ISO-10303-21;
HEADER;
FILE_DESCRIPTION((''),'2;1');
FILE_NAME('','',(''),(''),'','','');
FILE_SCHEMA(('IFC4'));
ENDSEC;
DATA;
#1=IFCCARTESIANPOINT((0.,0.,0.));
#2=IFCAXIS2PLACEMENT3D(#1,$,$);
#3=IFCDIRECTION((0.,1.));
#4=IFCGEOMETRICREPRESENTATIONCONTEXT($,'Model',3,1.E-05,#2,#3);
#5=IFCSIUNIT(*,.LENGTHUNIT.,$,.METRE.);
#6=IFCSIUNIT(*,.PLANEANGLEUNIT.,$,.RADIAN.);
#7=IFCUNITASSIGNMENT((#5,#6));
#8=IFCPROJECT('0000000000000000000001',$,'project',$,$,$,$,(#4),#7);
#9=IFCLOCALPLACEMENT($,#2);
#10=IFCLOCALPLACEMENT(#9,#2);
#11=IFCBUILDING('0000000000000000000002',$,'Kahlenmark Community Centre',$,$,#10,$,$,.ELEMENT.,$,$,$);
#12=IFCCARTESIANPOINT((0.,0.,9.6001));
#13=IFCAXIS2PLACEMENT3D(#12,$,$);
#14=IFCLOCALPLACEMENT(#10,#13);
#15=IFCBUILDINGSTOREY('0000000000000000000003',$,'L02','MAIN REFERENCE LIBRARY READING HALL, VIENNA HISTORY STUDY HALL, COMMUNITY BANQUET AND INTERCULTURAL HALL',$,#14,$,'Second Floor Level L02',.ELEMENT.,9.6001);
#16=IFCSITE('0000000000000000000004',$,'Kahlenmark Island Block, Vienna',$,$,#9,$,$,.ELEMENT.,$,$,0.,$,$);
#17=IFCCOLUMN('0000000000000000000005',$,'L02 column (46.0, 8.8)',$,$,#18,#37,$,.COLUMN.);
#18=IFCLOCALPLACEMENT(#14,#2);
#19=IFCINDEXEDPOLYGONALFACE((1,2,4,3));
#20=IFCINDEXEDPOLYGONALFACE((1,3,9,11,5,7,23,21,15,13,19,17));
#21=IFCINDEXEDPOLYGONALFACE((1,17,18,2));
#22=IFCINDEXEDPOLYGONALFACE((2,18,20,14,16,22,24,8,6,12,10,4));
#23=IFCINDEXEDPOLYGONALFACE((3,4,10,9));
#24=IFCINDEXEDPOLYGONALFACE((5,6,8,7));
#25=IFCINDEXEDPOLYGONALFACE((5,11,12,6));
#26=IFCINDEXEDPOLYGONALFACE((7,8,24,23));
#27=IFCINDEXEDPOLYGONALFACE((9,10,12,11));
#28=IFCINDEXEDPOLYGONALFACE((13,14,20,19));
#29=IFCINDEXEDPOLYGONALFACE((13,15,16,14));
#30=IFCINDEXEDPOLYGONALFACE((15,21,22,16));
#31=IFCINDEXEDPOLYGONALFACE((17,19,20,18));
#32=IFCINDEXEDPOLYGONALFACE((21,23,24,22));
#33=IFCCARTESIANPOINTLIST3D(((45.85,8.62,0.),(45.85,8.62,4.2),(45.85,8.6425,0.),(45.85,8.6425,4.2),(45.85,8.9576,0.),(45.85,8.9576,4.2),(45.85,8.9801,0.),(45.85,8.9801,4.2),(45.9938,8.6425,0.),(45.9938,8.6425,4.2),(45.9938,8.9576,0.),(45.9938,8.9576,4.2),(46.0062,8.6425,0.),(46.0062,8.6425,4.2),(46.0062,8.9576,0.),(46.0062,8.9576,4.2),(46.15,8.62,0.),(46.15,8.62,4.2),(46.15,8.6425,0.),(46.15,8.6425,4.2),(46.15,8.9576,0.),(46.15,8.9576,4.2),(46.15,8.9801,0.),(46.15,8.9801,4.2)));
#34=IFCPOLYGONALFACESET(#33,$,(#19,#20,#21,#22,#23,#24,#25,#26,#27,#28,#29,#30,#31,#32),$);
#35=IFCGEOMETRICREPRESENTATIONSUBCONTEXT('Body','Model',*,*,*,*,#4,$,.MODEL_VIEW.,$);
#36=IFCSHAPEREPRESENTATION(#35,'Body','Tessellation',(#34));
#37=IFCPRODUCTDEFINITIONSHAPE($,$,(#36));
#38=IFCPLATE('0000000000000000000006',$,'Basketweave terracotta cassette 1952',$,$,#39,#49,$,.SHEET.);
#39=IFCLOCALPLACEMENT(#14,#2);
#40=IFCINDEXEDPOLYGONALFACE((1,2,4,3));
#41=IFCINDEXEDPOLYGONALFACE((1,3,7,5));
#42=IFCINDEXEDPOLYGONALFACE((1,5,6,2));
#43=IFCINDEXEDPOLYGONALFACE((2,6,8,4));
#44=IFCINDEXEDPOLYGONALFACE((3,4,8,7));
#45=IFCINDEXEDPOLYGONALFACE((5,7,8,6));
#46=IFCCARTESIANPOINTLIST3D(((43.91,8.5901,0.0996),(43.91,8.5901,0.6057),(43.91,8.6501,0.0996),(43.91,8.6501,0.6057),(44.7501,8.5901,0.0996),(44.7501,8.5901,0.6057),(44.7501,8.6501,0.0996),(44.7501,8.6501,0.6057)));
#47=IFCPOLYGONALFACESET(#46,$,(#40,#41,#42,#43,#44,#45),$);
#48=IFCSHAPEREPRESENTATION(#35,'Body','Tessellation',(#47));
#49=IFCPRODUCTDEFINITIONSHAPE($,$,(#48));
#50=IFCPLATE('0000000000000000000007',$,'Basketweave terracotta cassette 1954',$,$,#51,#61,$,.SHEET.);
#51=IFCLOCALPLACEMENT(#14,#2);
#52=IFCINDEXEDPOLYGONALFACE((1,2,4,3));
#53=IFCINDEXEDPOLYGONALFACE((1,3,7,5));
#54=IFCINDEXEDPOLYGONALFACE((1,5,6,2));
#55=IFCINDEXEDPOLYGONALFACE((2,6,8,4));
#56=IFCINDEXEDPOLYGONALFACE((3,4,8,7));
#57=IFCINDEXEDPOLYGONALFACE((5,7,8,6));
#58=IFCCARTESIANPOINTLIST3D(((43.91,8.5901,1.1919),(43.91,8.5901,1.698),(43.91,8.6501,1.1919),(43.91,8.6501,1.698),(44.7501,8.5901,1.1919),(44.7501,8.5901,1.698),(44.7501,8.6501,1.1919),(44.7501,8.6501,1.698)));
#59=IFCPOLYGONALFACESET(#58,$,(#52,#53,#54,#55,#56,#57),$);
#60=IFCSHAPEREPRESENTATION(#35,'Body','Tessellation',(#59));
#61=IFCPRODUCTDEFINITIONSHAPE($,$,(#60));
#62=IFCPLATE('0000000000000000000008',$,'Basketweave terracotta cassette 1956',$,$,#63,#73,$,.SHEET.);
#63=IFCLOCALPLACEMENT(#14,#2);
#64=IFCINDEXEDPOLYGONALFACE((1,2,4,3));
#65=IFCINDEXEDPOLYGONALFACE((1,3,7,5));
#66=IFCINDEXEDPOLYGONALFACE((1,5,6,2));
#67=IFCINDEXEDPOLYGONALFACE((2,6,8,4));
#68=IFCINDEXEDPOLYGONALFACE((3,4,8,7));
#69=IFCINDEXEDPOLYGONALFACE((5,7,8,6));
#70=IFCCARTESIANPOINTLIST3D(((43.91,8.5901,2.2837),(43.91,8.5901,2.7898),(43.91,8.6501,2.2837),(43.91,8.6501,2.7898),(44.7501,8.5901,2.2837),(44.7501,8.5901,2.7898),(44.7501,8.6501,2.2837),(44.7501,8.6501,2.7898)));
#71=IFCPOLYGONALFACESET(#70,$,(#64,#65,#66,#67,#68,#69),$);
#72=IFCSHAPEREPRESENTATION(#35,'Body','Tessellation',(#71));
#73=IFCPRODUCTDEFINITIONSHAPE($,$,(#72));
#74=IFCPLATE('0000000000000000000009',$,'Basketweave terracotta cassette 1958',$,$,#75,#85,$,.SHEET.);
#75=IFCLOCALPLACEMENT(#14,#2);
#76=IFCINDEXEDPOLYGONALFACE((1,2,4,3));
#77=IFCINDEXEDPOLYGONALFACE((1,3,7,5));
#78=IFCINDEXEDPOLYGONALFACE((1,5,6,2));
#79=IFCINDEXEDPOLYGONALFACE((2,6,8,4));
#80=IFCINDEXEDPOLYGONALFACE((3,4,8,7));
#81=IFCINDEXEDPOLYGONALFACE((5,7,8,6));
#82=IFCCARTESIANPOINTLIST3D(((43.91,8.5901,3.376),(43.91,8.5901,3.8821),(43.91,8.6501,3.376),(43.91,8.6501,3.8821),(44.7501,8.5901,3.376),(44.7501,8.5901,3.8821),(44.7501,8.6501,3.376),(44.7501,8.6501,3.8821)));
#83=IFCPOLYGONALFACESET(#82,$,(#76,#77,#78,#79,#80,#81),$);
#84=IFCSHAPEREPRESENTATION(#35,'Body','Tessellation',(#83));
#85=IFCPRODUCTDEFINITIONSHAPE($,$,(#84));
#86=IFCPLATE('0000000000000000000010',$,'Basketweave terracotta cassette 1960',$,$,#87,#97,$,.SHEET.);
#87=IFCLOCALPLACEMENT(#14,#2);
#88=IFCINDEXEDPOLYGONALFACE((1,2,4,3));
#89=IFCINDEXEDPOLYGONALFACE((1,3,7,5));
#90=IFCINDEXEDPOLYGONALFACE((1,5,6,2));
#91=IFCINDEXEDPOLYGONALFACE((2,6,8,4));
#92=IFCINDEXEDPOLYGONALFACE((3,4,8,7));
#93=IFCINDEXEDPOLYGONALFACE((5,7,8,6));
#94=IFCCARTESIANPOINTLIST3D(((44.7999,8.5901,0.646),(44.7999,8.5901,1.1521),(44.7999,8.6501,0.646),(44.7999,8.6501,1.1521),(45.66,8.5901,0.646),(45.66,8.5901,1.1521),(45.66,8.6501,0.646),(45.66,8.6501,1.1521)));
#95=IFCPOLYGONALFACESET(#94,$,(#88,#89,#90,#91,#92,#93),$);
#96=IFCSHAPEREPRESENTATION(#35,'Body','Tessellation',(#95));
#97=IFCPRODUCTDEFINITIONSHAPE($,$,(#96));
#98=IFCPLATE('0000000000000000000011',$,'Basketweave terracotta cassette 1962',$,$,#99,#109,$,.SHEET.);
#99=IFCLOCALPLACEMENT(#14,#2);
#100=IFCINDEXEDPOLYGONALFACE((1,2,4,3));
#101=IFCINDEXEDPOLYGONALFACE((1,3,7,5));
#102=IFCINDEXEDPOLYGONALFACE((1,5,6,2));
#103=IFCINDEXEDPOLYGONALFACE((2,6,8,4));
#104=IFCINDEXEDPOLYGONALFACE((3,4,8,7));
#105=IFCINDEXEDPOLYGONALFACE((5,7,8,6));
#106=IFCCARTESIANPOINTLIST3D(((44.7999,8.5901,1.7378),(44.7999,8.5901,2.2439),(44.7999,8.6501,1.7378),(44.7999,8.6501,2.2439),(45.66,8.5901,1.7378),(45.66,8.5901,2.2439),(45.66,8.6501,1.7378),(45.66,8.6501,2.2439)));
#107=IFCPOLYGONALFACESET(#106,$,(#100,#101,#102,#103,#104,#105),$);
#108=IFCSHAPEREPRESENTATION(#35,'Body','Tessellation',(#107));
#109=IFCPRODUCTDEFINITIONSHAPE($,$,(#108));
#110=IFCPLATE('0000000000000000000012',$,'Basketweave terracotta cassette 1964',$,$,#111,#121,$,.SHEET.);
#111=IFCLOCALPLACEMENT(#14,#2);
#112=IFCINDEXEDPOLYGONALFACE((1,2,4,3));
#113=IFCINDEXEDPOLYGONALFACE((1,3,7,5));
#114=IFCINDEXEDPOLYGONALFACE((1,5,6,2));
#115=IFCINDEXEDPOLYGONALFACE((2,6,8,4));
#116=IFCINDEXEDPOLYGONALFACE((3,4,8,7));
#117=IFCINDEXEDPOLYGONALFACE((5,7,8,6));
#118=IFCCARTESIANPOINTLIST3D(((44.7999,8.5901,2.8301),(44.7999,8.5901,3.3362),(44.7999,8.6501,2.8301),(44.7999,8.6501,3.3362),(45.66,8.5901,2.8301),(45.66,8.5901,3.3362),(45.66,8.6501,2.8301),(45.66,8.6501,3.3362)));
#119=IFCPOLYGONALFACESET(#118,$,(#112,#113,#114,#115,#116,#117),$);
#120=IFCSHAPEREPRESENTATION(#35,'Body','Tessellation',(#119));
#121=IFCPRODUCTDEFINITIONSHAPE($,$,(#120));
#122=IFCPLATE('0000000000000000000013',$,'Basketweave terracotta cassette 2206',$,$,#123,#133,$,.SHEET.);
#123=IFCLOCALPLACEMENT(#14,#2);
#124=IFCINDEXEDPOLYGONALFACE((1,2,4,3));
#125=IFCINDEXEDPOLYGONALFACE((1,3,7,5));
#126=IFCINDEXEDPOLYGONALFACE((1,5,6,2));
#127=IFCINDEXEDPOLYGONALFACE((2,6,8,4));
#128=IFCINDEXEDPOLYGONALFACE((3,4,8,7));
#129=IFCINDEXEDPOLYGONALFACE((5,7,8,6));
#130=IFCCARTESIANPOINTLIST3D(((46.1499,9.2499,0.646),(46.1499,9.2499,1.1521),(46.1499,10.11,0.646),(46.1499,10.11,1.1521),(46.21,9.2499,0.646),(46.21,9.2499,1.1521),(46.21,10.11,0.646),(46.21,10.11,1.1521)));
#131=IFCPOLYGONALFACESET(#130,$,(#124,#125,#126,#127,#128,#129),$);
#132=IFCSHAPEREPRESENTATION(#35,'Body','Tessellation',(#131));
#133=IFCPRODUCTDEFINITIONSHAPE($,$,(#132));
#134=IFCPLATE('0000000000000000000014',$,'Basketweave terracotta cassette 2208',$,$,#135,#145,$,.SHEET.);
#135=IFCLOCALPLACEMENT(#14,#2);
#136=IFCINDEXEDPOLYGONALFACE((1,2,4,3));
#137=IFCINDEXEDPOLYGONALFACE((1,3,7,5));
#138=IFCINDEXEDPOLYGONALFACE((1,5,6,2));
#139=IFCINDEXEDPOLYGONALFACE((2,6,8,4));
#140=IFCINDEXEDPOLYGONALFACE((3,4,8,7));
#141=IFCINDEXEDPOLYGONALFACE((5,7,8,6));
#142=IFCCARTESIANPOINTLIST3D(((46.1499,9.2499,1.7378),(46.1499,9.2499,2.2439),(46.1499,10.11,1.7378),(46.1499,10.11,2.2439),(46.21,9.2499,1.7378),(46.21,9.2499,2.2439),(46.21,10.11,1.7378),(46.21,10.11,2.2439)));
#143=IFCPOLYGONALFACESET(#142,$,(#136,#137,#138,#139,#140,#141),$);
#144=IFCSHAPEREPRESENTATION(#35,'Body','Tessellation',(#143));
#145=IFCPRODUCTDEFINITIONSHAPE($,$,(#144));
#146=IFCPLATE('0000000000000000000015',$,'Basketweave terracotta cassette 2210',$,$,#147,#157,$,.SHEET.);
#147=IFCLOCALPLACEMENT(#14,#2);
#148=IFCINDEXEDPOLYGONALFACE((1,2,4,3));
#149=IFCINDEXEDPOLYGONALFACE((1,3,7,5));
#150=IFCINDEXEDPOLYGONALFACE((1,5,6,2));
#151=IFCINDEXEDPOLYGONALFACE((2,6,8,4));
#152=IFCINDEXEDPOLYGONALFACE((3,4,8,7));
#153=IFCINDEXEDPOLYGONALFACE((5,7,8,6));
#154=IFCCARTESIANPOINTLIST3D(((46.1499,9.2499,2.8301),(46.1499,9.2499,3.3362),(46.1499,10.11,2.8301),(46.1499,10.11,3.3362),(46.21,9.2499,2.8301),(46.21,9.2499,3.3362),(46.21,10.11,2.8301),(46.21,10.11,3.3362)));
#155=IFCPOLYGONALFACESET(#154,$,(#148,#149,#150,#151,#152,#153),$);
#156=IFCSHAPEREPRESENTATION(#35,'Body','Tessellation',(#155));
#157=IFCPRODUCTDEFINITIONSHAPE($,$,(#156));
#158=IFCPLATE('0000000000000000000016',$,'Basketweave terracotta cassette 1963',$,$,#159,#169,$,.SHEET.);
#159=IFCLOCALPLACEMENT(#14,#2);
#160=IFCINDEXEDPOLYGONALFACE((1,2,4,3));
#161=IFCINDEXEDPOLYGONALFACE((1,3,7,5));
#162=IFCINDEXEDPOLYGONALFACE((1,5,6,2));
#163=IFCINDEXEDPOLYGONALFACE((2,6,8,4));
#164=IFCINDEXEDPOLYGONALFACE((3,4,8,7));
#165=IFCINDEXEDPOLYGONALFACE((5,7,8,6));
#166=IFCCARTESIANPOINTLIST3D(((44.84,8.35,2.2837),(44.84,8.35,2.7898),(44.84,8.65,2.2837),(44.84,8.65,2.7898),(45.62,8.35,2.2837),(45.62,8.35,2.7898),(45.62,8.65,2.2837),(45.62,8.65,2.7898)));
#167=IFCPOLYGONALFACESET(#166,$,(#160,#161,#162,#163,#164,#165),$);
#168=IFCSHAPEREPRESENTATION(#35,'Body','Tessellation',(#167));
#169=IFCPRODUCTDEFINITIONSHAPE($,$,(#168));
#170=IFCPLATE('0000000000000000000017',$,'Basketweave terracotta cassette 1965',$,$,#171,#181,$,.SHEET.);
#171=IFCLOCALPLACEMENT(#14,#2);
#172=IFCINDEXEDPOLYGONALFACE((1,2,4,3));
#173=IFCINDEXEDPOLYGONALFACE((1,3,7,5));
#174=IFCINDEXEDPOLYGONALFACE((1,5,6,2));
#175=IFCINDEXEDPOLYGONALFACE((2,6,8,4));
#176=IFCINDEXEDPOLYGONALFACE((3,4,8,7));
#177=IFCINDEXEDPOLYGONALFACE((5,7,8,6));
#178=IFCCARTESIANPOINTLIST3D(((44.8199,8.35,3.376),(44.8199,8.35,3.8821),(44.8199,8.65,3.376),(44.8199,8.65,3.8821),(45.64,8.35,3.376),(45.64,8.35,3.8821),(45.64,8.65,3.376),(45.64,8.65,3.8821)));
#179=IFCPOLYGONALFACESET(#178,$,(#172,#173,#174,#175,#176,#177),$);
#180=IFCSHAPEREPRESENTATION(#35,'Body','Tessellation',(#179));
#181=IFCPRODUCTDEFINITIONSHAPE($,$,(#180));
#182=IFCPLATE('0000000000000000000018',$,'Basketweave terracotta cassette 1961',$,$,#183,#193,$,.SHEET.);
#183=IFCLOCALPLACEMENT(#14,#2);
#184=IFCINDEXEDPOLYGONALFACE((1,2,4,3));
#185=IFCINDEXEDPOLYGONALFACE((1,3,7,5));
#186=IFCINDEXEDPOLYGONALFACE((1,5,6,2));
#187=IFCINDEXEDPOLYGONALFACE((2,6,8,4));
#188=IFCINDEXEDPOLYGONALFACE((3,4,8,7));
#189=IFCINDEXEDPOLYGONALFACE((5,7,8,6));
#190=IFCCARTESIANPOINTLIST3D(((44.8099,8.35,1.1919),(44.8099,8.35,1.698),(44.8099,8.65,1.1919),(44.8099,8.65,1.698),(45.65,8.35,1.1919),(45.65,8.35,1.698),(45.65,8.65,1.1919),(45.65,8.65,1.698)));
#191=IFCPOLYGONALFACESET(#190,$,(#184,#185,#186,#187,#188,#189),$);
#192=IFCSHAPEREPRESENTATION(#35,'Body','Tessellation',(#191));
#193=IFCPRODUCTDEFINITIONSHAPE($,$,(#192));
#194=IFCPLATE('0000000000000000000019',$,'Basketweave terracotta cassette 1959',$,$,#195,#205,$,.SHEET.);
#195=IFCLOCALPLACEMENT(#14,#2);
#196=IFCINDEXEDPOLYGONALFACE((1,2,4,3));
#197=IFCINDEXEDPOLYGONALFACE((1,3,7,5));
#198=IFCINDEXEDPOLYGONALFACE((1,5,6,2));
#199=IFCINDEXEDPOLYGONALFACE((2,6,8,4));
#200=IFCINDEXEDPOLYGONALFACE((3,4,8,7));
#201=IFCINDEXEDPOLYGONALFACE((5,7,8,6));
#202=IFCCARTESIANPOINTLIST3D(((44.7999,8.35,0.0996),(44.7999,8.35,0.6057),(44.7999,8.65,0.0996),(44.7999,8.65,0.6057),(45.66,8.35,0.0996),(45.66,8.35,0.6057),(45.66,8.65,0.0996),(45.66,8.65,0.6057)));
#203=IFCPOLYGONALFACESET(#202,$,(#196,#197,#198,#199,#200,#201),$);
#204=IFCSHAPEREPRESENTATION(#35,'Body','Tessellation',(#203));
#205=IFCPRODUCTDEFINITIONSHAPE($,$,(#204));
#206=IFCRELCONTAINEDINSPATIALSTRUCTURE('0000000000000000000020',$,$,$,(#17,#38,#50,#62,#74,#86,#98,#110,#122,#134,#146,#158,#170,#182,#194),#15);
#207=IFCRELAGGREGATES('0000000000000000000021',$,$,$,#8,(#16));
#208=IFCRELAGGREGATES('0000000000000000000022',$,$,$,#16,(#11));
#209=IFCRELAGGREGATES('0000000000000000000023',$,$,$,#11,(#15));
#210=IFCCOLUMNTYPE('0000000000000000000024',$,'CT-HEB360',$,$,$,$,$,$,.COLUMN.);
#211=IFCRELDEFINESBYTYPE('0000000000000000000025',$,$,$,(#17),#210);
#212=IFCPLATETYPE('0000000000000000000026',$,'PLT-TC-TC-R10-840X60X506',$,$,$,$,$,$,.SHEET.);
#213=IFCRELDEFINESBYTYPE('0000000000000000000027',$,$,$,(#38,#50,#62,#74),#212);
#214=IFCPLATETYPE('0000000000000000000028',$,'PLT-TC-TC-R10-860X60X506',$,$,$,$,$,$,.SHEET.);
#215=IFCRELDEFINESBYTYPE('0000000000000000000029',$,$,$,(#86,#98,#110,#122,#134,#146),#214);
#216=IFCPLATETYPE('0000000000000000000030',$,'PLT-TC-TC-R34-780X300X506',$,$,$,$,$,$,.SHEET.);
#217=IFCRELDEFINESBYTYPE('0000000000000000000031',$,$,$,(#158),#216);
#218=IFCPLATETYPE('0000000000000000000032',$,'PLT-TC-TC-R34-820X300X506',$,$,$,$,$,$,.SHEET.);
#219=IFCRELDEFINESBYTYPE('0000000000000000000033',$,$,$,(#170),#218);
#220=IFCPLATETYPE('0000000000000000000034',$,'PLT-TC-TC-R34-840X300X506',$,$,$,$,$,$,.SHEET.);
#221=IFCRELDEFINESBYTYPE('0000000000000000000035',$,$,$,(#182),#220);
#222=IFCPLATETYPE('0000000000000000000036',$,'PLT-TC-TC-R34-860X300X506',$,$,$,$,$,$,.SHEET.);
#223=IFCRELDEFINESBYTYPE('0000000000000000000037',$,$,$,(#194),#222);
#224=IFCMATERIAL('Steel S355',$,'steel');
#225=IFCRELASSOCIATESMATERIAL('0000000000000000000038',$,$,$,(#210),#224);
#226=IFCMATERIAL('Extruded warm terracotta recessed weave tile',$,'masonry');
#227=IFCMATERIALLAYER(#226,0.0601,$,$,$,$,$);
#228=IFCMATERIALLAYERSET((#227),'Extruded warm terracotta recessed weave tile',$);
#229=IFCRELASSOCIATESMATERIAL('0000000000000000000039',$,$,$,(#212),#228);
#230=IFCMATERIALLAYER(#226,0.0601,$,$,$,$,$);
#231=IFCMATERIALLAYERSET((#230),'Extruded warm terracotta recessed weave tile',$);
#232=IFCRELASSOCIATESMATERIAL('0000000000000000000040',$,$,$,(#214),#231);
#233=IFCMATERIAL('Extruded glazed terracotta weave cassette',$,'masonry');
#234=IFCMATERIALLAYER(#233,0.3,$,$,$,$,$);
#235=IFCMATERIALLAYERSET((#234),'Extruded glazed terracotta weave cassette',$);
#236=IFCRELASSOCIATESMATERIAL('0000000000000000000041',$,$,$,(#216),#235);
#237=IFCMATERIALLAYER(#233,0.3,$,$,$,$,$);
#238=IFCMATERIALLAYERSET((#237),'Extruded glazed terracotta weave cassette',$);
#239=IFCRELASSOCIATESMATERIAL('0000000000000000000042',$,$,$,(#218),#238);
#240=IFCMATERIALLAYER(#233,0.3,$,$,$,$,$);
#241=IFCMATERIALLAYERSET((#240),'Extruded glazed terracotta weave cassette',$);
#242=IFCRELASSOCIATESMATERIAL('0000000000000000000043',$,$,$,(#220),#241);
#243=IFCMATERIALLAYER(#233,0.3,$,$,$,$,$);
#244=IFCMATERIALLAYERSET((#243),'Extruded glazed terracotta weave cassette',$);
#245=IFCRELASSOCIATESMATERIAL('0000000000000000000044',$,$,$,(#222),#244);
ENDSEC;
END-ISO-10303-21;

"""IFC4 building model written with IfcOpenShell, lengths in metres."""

from ifc_helpers import new_model, si_unit, direction, frame, origin, origin_2d, place, context, subcontext, project, spatial, rectangle, i_section, extrude, material, layer, layer_set, material_profile, profile_set, type_object, element, save


model = new_model("IFC4")

# Units and contexts
model_context = context("Model", 3, precision=1e-05, world=origin(), true_north=direction((0.0, 1.0)))
body_context = subcontext(model_context, "Body", "Model", "MODEL_VIEW")
ifc_project = project(units=[si_unit("LENGTHUNIT", "METRE"), si_unit("PLANEANGLEUNIT", "RADIAN")], contexts=[model_context])

# Site, building, storey
site_placement = place(None, origin())
site = spatial("IfcSite", under=ifc_project, at=site_placement, Name="Kahlenmark Island Block, Vienna", CompositionType="ELEMENT", RefElevation=0.0)
building_placement = place(site_placement, origin())
building = spatial("IfcBuilding", under=site, at=building_placement, Name="Kahlenmark Community Centre", CompositionType="ELEMENT")
storey_placement = place(building_placement, frame((0.0, 0.0, 9.6001)))
storey = spatial("IfcBuildingStorey", under=building, at=storey_placement, Name="L02", Description="MAIN REFERENCE LIBRARY READING HALL, VIENNA HISTORY STUDY HALL, COMMUNITY BANQUET AND INTERCULTURAL HALL", LongName="Second Floor Level L02", CompositionType="ELEMENT", Elevation=9.6001)

# Column
ifc_material_1 = material(Name="Steel S355", Category="steel")
ifc_material_profile = material_profile(ifc_material_1, i_section(OverallWidth=0.3, OverallDepth=0.3601, WebThickness=0.0125, FlangeThickness=0.0225, at=origin_2d()), Name="HEB 360")
ifc_profile_set = profile_set([ifc_material_profile], Name="Steel S355")
column_type = type_object("IfcColumnType", Name="CT-HEB360", PredefinedType="COLUMN", material=ifc_profile_set)
column_placement = place(storey_placement, frame((46.0, 8.8, 0.0), z_axis=(0.0, 0.0, 1.0), x_axis=(1.0, 0.0, 0.0)))
element("IfcColumn", 1, at=column_placement, inside=storey, type_object=column_type, Name="L02 column (46.0, 8.8)", PredefinedType="COLUMN", context=body_context, shape_type="SweptSolid", body=[
    extrude(i_section(OverallWidth=0.3, OverallDepth=0.3601, WebThickness=0.0125, FlangeThickness=0.0225, at=origin_2d()), origin(), (0.0, 0.0, 1.0), 4.2),
])

# Plates
ifc_material_2 = material(Name="Extruded warm terracotta recessed weave tile", Category="masonry")
ifc_layer_1 = layer(ifc_material_2, 0.0601)
ifc_layer_set_1 = layer_set([ifc_layer_1], Name="Extruded warm terracotta recessed weave tile")
plate_type_1 = type_object("IfcPlateType", Name="PLT-TC-TC-R10-840X60X506", PredefinedType="SHEET", material=ifc_layer_set_1)
for number, where, z_axis, x_axis, name in (
    (2, (44.3301, 8.6201, 0.0996), (0.0, 0.0, 1.0), (1.0, 0.0, 0.0), "Basketweave terracotta cassette 1952"),
    (3, (44.3301, 8.6201, 1.1919), (0.0, 0.0, 1.0), (1.0, 0.0, 0.0), "Basketweave terracotta cassette 1954"),
    (4, (44.3301, 8.6201, 2.2837), (0.0, 0.0, 1.0), (1.0, 0.0, 0.0), "Basketweave terracotta cassette 1956"),
    (5, (44.3301, 8.6201, 3.376), (0.0, 0.0, 1.0), (1.0, 0.0, 0.0), "Basketweave terracotta cassette 1958"),
):
    element("IfcPlate", number, at=place(storey_placement, frame(where, z_axis=z_axis, x_axis=x_axis)), inside=storey, type_object=plate_type_1, Name=name, PredefinedType="SHEET", context=body_context, shape_type="SweptSolid", body=[
        extrude(rectangle(XDim=0.8401, YDim=0.0601, at=origin_2d()), origin(), (0.0, 0.0, 1.0), 0.5061),
    ])
ifc_layer_2 = layer(ifc_material_2, 0.0601)
ifc_layer_set_2 = layer_set([ifc_layer_2], Name="Extruded warm terracotta recessed weave tile")
plate_type_2 = type_object("IfcPlateType", Name="PLT-TC-TC-R10-860X60X506", PredefinedType="SHEET", material=ifc_layer_set_2)
for number, where, z_axis, x_axis, name in (
    (6, (45.23, 8.6201, 0.646), (0.0, 0.0, 1.0), (1.0, 0.0, 0.0), "Basketweave terracotta cassette 1960"),
    (7, (45.23, 8.6201, 1.7378), (0.0, 0.0, 1.0), (1.0, 0.0, 0.0), "Basketweave terracotta cassette 1962"),
    (8, (45.23, 8.6201, 2.8301), (0.0, 0.0, 1.0), (1.0, 0.0, 0.0), "Basketweave terracotta cassette 1964"),
    (9, (46.1799, 9.6799, 0.646), (0.0, 0.0, 1.0), (0.0, 1.0, 0.0), "Basketweave terracotta cassette 2206"),
    (10, (46.1799, 9.6799, 1.7378), (0.0, 0.0, 1.0), (0.0, 1.0, 0.0), "Basketweave terracotta cassette 2208"),
    (11, (46.1799, 9.6799, 2.8301), (0.0, 0.0, 1.0), (0.0, 1.0, 0.0), "Basketweave terracotta cassette 2210"),
):
    element("IfcPlate", number, at=place(storey_placement, frame(where, z_axis=z_axis, x_axis=x_axis)), inside=storey, type_object=plate_type_2, Name=name, PredefinedType="SHEET", context=body_context, shape_type="SweptSolid", body=[
        extrude(rectangle(XDim=0.8601, YDim=0.0601, at=origin_2d()), origin(), (0.0, 0.0, 1.0), 0.5061),
    ])
ifc_material_3 = material(Name="Extruded glazed terracotta weave cassette", Category="masonry")
ifc_layer_3 = layer(ifc_material_3, 0.3)
ifc_layer_set_3 = layer_set([ifc_layer_3], Name="Extruded glazed terracotta weave cassette")
plate_type_3 = type_object("IfcPlateType", Name="PLT-TC-TC-R34-780X300X506", PredefinedType="SHEET", material=ifc_layer_set_3)
plate_1_placement = place(storey_placement, frame((45.23, 8.5, 2.2837), z_axis=(0.0, 0.0, 1.0), x_axis=(1.0, 0.0, 0.0)))
element("IfcPlate", 12, at=plate_1_placement, inside=storey, type_object=plate_type_3, Name="Basketweave terracotta cassette 1963", PredefinedType="SHEET", context=body_context, shape_type="SweptSolid", body=[
    extrude(rectangle(XDim=0.78, YDim=0.3, at=origin_2d()), origin(), (0.0, 0.0, 1.0), 0.5061),
])
ifc_layer_4 = layer(ifc_material_3, 0.3)
ifc_layer_set_4 = layer_set([ifc_layer_4], Name="Extruded glazed terracotta weave cassette")
plate_type_4 = type_object("IfcPlateType", Name="PLT-TC-TC-R34-820X300X506", PredefinedType="SHEET", material=ifc_layer_set_4)
plate_2_placement = place(storey_placement, frame((45.23, 8.5, 3.376), z_axis=(0.0, 0.0, 1.0), x_axis=(1.0, 0.0, 0.0)))
element("IfcPlate", 13, at=plate_2_placement, inside=storey, type_object=plate_type_4, Name="Basketweave terracotta cassette 1965", PredefinedType="SHEET", context=body_context, shape_type="SweptSolid", body=[
    extrude(rectangle(XDim=0.8201, YDim=0.3, at=origin_2d()), origin(), (0.0, 0.0, 1.0), 0.5061),
])
ifc_layer_5 = layer(ifc_material_3, 0.3)
ifc_layer_set_5 = layer_set([ifc_layer_5], Name="Extruded glazed terracotta weave cassette")
plate_type_5 = type_object("IfcPlateType", Name="PLT-TC-TC-R34-840X300X506", PredefinedType="SHEET", material=ifc_layer_set_5)
plate_3_placement = place(storey_placement, frame((45.23, 8.5, 1.1919), z_axis=(0.0, 0.0, 1.0), x_axis=(1.0, 0.0, 0.0)))
element("IfcPlate", 14, at=plate_3_placement, inside=storey, type_object=plate_type_5, Name="Basketweave terracotta cassette 1961", PredefinedType="SHEET", context=body_context, shape_type="SweptSolid", body=[
    extrude(rectangle(XDim=0.8401, YDim=0.3, at=origin_2d()), origin(), (0.0, 0.0, 1.0), 0.5061),
])
ifc_layer_6 = layer(ifc_material_3, 0.3)
ifc_layer_set_6 = layer_set([ifc_layer_6], Name="Extruded glazed terracotta weave cassette")
plate_type_6 = type_object("IfcPlateType", Name="PLT-TC-TC-R34-860X300X506", PredefinedType="SHEET", material=ifc_layer_set_6)
plate_4_placement = place(storey_placement, frame((45.23, 8.5, 0.0996), z_axis=(0.0, 0.0, 1.0), x_axis=(1.0, 0.0, 0.0)))
element("IfcPlate", 15, at=plate_4_placement, inside=storey, type_object=plate_type_6, Name="Basketweave terracotta cassette 1959", PredefinedType="SHEET", context=body_context, shape_type="SweptSolid", body=[
    extrude(rectangle(XDim=0.8601, YDim=0.3, at=origin_2d()), origin(), (0.0, 0.0, 1.0), 0.5061),
])

save(model, "model.ifc")
